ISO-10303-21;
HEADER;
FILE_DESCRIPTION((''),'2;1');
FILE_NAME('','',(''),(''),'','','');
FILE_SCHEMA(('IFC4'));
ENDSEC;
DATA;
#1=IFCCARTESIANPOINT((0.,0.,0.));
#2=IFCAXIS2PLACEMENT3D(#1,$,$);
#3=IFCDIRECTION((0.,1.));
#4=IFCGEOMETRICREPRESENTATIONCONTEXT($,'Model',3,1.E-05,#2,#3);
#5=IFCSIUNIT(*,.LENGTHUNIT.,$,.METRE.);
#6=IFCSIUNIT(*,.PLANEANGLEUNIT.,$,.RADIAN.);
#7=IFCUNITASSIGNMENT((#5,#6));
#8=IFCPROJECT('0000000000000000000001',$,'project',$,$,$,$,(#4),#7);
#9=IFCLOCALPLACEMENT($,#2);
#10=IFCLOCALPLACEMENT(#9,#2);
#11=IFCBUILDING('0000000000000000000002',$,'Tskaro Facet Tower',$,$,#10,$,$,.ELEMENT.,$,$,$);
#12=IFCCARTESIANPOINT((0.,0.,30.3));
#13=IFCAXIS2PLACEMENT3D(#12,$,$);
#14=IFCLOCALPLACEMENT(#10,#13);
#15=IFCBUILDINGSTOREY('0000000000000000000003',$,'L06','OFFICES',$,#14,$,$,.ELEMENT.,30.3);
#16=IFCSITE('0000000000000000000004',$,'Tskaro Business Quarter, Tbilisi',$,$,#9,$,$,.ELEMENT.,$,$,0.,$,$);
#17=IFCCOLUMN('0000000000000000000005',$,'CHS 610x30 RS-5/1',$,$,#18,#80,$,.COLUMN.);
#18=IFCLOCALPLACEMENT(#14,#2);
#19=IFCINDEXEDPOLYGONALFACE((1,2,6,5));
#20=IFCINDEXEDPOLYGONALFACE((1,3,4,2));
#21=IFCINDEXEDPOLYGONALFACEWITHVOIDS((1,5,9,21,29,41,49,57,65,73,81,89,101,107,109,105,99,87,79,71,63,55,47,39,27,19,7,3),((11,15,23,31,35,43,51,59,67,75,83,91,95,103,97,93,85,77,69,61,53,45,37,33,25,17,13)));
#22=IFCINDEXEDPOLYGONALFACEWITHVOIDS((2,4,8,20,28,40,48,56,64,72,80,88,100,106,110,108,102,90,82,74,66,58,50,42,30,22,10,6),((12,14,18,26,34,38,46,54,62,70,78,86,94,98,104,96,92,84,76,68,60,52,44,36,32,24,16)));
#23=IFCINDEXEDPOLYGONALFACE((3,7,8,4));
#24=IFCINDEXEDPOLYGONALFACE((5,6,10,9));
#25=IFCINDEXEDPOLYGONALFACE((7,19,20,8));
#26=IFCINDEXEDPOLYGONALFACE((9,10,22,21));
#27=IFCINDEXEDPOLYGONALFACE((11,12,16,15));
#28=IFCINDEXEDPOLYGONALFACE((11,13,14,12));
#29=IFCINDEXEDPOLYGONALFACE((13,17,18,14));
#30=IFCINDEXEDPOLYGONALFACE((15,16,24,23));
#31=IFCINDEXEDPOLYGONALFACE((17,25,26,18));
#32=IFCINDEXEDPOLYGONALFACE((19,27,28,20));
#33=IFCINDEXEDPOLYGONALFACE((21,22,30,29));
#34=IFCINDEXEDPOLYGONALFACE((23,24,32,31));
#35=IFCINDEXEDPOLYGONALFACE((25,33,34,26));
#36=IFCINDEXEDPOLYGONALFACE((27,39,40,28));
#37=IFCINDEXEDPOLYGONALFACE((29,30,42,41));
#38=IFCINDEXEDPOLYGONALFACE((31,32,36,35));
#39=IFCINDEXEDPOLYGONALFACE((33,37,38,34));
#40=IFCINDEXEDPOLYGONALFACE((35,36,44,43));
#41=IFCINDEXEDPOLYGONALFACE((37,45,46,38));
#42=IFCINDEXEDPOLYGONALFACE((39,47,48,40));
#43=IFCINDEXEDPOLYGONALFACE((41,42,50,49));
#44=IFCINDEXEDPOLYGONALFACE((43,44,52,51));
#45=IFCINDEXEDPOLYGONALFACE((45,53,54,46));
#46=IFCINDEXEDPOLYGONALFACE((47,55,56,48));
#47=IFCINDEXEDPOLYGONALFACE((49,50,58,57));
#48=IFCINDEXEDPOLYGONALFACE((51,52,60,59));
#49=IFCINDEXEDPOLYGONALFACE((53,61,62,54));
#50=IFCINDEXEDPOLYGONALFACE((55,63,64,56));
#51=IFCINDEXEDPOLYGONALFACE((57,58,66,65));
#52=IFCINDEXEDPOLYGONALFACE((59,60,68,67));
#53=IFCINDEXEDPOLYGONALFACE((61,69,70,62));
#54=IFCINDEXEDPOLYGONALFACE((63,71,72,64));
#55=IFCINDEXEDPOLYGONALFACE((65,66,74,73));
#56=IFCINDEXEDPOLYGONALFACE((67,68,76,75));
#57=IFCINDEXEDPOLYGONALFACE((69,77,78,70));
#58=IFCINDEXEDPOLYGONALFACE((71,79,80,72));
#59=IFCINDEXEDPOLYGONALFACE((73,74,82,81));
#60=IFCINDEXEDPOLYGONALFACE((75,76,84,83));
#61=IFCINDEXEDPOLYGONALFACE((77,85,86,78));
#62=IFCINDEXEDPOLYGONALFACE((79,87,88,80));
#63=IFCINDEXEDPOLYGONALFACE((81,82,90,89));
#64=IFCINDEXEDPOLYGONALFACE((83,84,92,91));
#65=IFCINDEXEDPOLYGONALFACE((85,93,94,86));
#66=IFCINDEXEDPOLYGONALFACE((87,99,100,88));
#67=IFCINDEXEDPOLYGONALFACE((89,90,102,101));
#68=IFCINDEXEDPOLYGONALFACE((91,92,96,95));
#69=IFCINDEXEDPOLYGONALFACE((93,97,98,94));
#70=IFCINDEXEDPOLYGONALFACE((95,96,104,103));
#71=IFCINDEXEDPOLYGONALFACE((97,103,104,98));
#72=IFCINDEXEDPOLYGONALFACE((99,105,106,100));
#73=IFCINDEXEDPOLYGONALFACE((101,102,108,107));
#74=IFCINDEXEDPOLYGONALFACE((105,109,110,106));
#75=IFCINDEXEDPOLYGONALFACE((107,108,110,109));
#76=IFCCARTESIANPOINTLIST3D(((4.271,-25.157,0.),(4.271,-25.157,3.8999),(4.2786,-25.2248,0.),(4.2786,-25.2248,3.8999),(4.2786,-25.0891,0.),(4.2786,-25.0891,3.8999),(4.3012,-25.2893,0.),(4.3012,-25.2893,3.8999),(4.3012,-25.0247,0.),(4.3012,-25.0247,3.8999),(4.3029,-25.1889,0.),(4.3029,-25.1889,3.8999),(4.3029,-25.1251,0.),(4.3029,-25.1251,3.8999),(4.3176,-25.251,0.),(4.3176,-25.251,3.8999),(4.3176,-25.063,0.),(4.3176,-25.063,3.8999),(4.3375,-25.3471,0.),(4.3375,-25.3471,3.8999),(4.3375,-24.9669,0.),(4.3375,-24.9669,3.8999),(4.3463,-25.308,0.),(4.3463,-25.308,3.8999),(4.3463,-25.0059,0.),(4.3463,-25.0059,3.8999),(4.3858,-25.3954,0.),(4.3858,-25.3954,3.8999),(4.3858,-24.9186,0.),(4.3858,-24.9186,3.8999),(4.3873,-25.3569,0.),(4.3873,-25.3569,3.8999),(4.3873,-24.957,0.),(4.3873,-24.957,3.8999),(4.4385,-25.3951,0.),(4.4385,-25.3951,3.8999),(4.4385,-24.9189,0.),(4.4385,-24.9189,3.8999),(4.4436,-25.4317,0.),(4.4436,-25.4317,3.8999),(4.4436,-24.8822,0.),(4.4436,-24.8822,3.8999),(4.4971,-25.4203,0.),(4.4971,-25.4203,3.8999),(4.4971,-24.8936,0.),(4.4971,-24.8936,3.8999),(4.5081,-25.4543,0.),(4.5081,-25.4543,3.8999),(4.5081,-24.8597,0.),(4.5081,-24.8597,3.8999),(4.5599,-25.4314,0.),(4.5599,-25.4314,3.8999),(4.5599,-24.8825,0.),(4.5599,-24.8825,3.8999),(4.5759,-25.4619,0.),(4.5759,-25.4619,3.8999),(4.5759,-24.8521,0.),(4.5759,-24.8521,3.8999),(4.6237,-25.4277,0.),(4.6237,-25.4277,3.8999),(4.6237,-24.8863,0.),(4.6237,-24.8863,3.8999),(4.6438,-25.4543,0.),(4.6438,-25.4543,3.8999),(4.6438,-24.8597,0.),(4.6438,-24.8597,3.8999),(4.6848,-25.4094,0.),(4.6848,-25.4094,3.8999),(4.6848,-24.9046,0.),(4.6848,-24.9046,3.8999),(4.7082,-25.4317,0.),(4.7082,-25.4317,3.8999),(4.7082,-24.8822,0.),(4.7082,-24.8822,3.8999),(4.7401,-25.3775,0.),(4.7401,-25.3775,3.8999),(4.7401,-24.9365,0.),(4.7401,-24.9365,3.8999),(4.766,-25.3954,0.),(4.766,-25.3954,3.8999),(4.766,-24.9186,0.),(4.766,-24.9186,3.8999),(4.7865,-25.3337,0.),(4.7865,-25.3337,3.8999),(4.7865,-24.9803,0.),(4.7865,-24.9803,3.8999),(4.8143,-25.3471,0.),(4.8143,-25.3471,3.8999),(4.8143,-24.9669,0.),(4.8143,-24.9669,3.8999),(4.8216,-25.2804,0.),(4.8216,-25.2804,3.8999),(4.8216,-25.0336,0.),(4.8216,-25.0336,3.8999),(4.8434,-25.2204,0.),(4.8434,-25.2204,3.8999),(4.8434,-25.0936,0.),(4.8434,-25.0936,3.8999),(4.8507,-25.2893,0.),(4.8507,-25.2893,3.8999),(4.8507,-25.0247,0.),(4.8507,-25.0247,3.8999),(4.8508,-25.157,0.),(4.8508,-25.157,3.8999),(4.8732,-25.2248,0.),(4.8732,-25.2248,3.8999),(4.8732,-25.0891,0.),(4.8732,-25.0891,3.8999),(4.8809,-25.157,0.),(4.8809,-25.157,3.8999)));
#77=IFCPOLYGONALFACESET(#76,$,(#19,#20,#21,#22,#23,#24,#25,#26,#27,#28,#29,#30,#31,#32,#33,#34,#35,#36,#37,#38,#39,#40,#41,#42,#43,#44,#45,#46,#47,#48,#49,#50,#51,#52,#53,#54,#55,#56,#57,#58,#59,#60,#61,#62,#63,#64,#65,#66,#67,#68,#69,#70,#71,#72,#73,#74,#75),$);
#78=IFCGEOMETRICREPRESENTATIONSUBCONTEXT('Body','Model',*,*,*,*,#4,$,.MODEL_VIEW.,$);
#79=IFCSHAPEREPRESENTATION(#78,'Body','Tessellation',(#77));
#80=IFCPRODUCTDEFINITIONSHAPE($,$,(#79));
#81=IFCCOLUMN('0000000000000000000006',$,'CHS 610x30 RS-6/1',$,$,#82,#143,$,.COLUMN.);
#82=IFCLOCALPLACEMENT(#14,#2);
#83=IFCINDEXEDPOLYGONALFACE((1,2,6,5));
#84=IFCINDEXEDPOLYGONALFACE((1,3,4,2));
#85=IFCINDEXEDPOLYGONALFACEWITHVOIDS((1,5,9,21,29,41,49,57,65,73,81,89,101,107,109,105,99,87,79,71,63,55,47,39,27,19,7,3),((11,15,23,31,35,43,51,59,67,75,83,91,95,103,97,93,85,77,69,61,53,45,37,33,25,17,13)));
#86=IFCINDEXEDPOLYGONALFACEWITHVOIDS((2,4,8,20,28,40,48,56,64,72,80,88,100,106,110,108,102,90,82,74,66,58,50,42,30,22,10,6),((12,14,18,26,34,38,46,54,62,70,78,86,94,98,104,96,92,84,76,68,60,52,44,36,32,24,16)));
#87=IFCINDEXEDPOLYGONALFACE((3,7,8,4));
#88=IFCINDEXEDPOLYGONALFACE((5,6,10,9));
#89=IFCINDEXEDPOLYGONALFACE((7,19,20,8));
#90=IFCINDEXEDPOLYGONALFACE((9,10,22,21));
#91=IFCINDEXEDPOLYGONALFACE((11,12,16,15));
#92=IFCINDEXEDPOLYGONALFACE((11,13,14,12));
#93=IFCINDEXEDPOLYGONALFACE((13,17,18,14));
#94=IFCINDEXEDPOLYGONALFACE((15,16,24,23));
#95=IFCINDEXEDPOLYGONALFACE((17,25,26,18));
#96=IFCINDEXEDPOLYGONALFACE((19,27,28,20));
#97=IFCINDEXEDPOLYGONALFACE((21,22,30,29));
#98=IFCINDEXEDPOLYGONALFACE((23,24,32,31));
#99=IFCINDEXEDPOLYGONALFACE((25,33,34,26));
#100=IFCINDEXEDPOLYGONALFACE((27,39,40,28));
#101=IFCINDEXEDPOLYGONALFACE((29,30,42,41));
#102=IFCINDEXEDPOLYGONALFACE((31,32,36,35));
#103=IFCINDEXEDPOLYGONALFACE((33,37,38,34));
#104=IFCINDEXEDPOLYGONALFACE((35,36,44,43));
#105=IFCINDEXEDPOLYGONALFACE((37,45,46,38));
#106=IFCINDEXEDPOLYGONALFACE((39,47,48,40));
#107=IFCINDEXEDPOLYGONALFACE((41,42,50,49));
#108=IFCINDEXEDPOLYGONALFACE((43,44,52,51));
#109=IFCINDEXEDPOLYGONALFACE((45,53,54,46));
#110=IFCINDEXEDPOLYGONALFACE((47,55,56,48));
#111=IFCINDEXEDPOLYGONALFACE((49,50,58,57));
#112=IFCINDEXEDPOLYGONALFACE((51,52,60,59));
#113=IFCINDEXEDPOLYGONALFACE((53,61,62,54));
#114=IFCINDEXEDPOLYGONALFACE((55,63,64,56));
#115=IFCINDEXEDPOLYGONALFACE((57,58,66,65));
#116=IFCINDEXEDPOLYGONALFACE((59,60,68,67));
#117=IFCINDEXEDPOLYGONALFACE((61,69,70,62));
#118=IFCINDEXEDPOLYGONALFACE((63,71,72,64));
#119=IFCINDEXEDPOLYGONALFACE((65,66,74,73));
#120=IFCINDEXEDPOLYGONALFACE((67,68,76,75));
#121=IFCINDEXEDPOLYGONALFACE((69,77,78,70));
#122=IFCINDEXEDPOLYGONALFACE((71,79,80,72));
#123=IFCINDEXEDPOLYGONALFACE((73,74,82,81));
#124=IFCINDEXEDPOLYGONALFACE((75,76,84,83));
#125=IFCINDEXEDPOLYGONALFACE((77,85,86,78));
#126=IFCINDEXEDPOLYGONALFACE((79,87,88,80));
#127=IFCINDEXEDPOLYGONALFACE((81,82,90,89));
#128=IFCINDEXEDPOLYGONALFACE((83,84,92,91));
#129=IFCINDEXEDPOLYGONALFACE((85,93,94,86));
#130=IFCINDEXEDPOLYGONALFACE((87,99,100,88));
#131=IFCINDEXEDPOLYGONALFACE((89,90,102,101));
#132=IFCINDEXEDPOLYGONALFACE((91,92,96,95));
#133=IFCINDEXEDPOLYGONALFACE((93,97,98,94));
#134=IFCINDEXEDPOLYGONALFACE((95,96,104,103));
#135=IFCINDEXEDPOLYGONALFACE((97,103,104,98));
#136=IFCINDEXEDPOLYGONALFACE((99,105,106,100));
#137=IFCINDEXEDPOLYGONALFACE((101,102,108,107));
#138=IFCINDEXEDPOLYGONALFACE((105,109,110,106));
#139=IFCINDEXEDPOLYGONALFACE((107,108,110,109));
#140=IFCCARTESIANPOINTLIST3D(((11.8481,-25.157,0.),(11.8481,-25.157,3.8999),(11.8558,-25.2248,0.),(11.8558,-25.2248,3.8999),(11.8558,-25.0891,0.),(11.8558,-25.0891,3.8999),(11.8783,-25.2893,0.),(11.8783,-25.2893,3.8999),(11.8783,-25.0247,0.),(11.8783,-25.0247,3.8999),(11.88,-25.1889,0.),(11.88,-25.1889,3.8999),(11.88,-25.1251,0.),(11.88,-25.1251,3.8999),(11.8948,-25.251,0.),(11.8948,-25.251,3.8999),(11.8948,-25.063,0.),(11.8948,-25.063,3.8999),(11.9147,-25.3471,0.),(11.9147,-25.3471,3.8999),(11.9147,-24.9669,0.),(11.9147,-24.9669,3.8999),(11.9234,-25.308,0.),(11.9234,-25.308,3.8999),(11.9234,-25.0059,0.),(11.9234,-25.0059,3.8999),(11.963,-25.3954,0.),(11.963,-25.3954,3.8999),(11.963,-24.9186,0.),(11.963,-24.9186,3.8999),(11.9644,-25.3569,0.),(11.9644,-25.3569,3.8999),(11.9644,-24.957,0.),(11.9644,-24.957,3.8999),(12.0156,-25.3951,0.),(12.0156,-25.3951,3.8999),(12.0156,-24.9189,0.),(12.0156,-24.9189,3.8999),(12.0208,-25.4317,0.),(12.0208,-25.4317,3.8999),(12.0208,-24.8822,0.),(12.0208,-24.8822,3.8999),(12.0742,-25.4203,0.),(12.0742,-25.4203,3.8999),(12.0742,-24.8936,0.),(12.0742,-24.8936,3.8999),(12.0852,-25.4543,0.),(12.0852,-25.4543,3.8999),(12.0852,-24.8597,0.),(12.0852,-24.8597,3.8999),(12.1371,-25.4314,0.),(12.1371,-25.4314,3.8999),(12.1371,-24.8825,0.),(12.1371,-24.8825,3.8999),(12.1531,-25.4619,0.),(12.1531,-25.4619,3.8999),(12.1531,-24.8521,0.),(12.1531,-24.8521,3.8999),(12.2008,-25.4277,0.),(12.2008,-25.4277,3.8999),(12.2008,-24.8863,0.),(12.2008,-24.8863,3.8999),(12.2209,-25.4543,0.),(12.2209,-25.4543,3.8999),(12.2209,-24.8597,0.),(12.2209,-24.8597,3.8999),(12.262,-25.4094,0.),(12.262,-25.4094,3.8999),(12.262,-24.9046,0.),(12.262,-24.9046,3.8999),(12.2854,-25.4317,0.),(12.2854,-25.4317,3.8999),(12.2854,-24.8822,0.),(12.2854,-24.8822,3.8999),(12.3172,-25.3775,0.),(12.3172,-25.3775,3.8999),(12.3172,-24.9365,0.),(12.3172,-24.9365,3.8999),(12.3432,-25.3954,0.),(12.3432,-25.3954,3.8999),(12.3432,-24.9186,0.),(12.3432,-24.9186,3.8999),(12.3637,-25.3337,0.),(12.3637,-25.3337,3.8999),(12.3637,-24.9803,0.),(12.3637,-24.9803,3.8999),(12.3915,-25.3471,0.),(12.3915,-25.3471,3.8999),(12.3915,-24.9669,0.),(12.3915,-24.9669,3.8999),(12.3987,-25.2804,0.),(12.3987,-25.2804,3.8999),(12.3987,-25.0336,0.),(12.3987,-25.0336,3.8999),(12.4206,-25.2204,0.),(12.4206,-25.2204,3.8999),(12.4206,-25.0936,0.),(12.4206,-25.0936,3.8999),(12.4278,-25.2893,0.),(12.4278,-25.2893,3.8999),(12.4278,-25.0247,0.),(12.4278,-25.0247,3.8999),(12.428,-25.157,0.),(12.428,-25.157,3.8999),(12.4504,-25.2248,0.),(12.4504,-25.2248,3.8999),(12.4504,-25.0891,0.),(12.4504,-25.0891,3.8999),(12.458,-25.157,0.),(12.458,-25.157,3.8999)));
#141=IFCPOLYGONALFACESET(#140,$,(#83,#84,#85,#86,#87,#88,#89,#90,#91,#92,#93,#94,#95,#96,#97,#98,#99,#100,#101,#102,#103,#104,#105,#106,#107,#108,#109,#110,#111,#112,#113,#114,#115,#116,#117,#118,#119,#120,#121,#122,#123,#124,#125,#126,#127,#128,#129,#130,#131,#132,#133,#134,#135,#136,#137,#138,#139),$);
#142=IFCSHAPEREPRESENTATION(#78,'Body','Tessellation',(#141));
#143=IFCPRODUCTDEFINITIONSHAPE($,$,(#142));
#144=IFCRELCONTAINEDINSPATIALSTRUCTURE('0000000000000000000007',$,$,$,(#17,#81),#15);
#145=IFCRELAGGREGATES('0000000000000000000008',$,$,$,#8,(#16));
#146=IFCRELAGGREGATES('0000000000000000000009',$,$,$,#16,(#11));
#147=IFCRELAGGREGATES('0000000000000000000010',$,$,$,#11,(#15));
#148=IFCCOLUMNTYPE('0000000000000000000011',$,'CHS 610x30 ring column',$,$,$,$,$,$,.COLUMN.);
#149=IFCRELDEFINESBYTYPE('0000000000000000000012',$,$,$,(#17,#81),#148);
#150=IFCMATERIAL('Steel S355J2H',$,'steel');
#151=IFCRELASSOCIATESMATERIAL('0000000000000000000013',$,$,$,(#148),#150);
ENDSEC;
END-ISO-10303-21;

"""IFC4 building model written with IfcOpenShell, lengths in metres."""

from ifc_helpers import new_model, si_unit, direction, frame, origin, origin_2d, place, context, subcontext, project, spatial, hollow_circle, extrude, material, material_profile, profile_set, type_object, element, save


model = new_model("IFC4")

# Units and contexts
model_context = context("Model", 3, precision=1e-05, world=origin(), true_north=direction((0.0, 1.0)))
body_context = subcontext(model_context, "Body", "Model", "MODEL_VIEW")
ifc_project = project(units=[si_unit("LENGTHUNIT", "METRE"), si_unit("PLANEANGLEUNIT", "RADIAN")], contexts=[model_context])

# Site, building, storey
site_placement = place(None, origin())
site = spatial("IfcSite", under=ifc_project, at=site_placement, Name="Tskaro Business Quarter, Tbilisi", CompositionType="ELEMENT", RefElevation=0.0)
building_placement = place(site_placement, origin())
building = spatial("IfcBuilding", under=site, at=building_placement, Name="Tskaro Facet Tower", CompositionType="ELEMENT")
storey_placement = place(building_placement, frame((0.0, 0.0, 30.3)))
storey = spatial("IfcBuildingStorey", under=building, at=storey_placement, Name="L06", Description="OFFICES", CompositionType="ELEMENT", Elevation=30.3)

# Columns
ifc_material_1 = material(Name="Steel S355J2H", Category="steel")
ifc_material_profile_1 = material_profile(ifc_material_1, hollow_circle(Radius=0.3049, WallThickness=0.03, at=origin_2d()), Name="CHS 610x30")
ifc_profile_set_1 = profile_set([ifc_material_profile_1], Name="Steel S355J2H")
column_type_1 = type_object("IfcColumnType", Name="CHS 610x30 ring column", PredefinedType="COLUMN", material=ifc_profile_set_1)
for number, where, z_axis, x_axis, name in (
    (1, (4.5759, -25.157, 0.0), (0.0, 0.0, 1.0), (1.0, 0.0, 0.0), "CHS 610x30 RS-5/1"),
    (2, (12.1531, -25.157, 0.0), (0.0, 0.0, 1.0), (1.0, 0.0, 0.0), "CHS 610x30 RS-6/1"),
):
    element("IfcColumn", number, at=place(storey_placement, frame(where, z_axis=z_axis, x_axis=x_axis)), inside=storey, type_object=column_type_1, Name=name, PredefinedType="COLUMN", context=body_context, shape_type="SweptSolid", body=[
        extrude(hollow_circle(Radius=0.3049, WallThickness=0.03, at=origin_2d()), origin(), (0.0, 0.0, 1.0), 3.8999),
    ])

save(model, "model.ifc")
